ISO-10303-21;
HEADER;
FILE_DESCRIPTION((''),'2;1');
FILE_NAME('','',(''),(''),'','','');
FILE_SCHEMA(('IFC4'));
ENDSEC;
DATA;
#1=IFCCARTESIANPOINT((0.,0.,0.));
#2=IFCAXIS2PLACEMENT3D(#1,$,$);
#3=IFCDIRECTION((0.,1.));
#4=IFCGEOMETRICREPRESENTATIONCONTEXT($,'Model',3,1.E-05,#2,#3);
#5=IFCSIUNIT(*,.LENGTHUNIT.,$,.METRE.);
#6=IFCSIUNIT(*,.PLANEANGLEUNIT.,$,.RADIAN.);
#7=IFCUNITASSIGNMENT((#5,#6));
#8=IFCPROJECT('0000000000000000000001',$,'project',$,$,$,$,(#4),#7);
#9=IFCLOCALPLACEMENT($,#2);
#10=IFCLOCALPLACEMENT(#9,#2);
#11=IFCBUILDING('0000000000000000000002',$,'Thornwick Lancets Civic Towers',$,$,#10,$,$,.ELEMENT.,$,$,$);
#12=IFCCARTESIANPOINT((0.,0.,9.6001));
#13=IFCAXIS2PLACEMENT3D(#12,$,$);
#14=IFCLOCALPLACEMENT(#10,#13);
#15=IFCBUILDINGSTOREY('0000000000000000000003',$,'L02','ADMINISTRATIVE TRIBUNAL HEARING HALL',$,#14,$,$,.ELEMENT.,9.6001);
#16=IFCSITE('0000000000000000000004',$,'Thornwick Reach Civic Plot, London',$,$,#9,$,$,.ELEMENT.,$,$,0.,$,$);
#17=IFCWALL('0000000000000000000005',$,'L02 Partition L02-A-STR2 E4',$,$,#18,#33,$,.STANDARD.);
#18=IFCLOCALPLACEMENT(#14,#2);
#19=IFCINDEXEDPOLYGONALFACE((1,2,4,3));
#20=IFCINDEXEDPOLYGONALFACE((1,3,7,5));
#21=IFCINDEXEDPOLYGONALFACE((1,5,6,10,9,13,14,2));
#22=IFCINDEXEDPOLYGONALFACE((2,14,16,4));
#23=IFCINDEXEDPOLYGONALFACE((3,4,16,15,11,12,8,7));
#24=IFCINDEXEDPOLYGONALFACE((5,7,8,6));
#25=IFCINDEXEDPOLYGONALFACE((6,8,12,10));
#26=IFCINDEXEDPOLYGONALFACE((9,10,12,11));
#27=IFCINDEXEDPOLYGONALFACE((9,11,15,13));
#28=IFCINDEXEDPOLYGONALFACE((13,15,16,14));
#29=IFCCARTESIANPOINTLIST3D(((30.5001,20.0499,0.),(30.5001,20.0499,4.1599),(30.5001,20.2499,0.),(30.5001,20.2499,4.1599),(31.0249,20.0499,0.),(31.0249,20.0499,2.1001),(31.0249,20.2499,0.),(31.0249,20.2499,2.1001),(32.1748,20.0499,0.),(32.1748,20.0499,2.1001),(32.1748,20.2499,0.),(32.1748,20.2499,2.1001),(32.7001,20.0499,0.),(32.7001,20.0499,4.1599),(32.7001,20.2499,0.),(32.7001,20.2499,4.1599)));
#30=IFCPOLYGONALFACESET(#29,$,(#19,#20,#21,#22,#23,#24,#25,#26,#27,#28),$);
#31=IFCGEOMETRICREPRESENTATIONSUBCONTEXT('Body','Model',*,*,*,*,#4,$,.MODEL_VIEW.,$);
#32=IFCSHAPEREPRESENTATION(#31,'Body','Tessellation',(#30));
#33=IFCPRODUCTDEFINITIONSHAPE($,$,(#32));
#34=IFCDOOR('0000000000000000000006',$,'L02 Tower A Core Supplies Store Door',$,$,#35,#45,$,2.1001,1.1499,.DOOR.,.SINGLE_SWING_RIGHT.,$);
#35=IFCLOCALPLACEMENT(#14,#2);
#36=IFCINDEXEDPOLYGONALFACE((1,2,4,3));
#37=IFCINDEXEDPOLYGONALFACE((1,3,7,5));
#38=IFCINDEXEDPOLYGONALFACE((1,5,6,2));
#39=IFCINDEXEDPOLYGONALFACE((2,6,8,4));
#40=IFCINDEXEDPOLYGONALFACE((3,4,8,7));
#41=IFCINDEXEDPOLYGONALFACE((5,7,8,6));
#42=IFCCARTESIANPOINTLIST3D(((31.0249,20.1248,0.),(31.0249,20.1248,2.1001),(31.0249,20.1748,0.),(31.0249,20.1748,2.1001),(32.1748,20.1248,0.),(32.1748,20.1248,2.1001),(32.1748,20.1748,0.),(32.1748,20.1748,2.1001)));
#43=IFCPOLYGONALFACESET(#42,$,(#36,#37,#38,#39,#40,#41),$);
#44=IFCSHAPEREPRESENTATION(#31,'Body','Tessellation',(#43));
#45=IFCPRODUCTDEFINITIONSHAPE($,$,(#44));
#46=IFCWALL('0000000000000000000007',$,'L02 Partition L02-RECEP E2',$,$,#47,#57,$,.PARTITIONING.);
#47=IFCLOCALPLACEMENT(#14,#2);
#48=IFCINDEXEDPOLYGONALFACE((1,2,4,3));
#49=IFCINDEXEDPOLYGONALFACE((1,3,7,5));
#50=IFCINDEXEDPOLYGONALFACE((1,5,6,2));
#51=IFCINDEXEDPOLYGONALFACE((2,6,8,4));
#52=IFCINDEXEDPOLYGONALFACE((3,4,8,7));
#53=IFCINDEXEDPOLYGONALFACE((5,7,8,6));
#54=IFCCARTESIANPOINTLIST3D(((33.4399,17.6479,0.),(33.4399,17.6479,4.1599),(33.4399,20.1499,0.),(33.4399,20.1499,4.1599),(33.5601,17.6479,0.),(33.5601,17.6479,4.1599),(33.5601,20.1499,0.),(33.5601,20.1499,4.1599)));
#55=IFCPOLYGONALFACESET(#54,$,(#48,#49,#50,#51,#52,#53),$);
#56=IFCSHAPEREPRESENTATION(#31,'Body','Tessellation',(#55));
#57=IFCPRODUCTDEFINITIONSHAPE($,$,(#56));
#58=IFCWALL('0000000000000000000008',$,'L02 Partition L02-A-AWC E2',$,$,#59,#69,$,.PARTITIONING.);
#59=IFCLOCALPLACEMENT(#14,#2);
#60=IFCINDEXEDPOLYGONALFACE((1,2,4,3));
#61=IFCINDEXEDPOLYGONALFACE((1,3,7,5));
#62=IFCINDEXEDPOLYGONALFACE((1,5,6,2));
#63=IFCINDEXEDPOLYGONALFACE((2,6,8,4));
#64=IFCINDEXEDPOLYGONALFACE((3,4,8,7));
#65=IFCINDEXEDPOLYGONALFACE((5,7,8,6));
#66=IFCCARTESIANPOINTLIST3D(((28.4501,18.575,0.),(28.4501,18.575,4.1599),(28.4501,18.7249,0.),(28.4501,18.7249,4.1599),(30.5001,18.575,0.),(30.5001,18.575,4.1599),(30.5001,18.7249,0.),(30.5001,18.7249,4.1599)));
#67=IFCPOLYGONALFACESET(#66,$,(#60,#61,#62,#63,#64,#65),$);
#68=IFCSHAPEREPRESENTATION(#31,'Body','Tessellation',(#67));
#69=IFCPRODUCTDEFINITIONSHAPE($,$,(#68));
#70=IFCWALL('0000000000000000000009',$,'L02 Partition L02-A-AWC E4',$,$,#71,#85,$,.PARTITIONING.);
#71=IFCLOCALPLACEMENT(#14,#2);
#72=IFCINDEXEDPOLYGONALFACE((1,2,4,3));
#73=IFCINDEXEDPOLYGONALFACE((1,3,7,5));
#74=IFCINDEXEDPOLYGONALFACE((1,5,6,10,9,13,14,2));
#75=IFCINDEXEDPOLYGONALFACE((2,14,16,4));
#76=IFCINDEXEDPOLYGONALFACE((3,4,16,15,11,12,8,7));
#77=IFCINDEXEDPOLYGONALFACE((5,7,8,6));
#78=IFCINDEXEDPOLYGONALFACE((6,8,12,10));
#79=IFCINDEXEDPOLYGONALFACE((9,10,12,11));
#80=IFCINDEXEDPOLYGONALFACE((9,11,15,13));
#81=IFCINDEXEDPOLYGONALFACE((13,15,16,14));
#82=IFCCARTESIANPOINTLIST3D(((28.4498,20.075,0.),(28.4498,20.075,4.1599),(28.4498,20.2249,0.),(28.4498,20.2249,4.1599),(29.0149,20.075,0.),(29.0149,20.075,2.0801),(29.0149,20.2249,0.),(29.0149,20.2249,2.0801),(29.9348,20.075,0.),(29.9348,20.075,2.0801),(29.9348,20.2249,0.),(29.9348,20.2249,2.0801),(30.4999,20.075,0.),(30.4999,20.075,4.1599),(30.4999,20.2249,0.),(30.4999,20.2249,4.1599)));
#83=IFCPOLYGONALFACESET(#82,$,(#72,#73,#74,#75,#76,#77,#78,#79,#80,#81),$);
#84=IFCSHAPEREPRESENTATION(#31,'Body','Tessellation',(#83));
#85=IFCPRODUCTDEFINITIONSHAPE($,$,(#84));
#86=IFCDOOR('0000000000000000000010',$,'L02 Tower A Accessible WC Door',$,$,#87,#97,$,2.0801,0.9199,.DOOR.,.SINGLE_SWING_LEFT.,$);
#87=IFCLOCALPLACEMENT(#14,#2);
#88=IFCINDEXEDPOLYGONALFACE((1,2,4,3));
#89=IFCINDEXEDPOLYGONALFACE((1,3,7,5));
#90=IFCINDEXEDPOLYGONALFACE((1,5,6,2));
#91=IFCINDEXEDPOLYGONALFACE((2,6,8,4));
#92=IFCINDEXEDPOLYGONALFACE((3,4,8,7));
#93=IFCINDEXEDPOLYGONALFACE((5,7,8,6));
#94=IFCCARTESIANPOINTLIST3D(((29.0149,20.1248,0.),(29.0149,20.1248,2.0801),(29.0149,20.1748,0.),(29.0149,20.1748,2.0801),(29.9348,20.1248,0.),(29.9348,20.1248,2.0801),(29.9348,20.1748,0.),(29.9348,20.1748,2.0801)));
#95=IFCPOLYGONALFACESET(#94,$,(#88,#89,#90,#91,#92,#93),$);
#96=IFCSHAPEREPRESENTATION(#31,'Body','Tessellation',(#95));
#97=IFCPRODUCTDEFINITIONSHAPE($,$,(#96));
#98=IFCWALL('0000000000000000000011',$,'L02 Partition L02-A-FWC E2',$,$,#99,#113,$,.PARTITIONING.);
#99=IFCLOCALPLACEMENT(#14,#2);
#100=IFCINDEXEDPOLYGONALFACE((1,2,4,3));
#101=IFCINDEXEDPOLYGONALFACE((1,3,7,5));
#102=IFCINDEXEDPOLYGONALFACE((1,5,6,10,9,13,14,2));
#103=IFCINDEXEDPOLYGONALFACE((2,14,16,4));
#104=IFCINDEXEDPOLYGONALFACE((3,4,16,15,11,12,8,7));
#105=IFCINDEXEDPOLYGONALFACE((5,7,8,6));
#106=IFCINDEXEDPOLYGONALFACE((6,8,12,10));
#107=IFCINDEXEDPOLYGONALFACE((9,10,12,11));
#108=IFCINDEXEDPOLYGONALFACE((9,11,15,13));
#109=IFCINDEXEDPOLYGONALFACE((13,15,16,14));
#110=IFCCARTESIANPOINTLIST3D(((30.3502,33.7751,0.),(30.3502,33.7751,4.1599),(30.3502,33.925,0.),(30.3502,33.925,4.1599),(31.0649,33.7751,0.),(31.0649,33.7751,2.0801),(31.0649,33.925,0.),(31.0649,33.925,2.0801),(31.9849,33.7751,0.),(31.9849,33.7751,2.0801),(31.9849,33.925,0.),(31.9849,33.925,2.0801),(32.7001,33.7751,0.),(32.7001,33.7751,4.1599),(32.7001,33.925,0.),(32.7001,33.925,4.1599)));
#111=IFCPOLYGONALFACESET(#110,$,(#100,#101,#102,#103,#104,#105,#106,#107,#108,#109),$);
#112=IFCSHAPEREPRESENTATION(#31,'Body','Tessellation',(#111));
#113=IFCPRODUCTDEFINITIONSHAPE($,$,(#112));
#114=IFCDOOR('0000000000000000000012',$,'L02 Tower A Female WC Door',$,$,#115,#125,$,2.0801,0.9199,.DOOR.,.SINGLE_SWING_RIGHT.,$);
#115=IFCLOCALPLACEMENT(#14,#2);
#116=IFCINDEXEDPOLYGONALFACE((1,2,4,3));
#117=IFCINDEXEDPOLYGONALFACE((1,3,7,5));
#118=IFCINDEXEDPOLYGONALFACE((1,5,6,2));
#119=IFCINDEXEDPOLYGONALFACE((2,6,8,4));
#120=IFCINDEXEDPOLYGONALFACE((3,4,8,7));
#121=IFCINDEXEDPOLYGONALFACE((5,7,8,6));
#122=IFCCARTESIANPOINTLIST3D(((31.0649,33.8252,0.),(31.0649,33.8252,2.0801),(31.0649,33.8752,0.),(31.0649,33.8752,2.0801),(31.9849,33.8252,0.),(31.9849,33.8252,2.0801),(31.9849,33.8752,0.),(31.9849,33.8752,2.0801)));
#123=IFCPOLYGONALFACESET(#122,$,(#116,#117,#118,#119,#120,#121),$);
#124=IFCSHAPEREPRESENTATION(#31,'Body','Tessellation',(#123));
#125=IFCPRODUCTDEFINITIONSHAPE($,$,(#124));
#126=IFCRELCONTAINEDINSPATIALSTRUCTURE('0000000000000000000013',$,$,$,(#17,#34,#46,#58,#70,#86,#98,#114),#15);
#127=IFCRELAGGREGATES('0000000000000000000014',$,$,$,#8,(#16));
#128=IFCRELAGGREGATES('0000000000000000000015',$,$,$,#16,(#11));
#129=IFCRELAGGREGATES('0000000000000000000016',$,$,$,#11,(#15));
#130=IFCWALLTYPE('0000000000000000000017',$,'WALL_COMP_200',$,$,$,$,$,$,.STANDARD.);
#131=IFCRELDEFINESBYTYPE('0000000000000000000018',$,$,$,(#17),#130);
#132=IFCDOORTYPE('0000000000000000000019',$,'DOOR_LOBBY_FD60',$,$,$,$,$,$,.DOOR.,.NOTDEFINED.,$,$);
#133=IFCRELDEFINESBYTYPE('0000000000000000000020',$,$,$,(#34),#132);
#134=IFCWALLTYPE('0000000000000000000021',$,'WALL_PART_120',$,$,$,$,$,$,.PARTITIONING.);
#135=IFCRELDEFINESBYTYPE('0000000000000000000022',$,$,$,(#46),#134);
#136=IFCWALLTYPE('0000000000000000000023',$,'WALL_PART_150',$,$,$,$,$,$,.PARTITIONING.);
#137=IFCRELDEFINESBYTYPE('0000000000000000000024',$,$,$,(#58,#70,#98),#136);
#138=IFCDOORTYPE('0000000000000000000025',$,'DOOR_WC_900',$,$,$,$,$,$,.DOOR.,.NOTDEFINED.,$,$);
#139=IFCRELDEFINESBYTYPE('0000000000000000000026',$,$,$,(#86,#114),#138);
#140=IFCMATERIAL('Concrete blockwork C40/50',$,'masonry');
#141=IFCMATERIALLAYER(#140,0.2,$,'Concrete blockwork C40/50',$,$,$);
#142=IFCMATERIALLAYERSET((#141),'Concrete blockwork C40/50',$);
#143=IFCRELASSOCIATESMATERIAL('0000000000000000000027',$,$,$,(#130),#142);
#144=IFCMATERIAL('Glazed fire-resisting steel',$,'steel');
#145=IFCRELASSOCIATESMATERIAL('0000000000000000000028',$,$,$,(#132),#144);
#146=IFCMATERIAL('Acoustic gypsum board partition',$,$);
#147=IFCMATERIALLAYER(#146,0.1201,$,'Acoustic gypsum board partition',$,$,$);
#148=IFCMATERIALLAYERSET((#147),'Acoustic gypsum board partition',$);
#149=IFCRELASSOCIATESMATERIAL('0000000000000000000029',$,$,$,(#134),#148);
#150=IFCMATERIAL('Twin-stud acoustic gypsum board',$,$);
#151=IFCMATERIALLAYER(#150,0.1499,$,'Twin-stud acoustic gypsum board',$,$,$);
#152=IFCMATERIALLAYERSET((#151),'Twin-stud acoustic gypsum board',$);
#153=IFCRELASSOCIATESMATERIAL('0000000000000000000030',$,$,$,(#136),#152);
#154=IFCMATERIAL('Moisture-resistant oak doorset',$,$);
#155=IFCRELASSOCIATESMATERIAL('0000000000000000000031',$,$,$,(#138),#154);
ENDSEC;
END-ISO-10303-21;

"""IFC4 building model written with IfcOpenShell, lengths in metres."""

from ifc_helpers import new_model, si_unit, direction, frame, frame_2d, origin, place, context, subcontext, project, spatial, rectangle, extrude, material, layer, layer_set, type_object, element, fill, save


model = new_model("IFC4")

# Units and contexts
model_context = context("Model", 3, precision=1e-05, world=origin(), true_north=direction((0.0, 1.0)))
body_context = subcontext(model_context, "Body", "Model", "MODEL_VIEW")
ifc_project = project(units=[si_unit("LENGTHUNIT", "METRE"), si_unit("PLANEANGLEUNIT", "RADIAN")], contexts=[model_context])

# Site, building, storey
site_placement = place(None, origin())
site = spatial("IfcSite", under=ifc_project, at=site_placement, Name="Thornwick Reach Civic Plot, London", CompositionType="ELEMENT", RefElevation=0.0)
building_placement = place(site_placement, origin())
building = spatial("IfcBuilding", under=site, at=building_placement, Name="Thornwick Lancets Civic Towers", CompositionType="ELEMENT")
storey_placement = place(building_placement, frame((0.0, 0.0, 9.6001)))
storey = spatial("IfcBuildingStorey", under=building, at=storey_placement, Name="L02", Description="ADMINISTRATIVE TRIBUNAL HEARING HALL", CompositionType="ELEMENT", Elevation=9.6001)

# Shared definitions
ifc_material_1 = material(Name="Concrete blockwork C40/50", Category="masonry")
ifc_layer_1 = layer(ifc_material_1, 0.2, Name="Concrete blockwork C40/50")
ifc_layer_set_1 = layer_set([ifc_layer_1], Name="Concrete blockwork C40/50")
wall_type_1 = type_object("IfcWallType", Name="WALL_COMP_200", PredefinedType="STANDARD", material=ifc_layer_set_1)

# Wall, opening, door
wall_1_placement = place(storey_placement, frame((30.5, 20.1499, 0.0), z_axis=(0.0, 0.0, 1.0), x_axis=(1.0, 0.0, 0.0)))
wall_1 = element("IfcWall", 1, at=wall_1_placement, inside=storey, type_object=wall_type_1, Name="L02 Partition L02-A-STR2 E4", PredefinedType="STANDARD", context=body_context, shape_type="SweptSolid", body=[
    extrude(rectangle(XDim=2.2, YDim=0.2, at=frame_2d((1.1001, 0.0))), origin(), (0.0, 0.0, 1.0), 4.1599),
])
opening_1_placement = place(wall_1_placement, frame((0.5249, 0.0, 0.0)))
opening_1 = element("IfcOpeningElement", 2, at=opening_1_placement, cuts=wall_1, PredefinedType="OPENING", context=body_context, shape_type="SweptSolid", body=[
    extrude(rectangle(XDim=1.1499, YDim=2.1001, at=frame_2d((0.575, 1.05))), frame((0.0, 0.1099, 0.0), z_axis=(0.0, -1.0, 0.0), x_axis=(1.0, 0.0, 0.0)), (0.0, 0.0, 1.0), 0.22),
])
ifc_material_2 = material(Name="Glazed fire-resisting steel", Category="steel")
door_type_1 = type_object("IfcDoorType", Name="DOOR_LOBBY_FD60", OperationType="NOTDEFINED", PredefinedType="DOOR", material=ifc_material_2)
door_1_placement = place(opening_1_placement, origin())
door_1 = element("IfcDoor", 3, at=door_1_placement, inside=storey, type_object=door_type_1, Name="L02 Tower A Core Supplies Store Door", OperationType="SINGLE_SWING_RIGHT", OverallHeight=2.1001, OverallWidth=1.1499, PredefinedType="DOOR", context=body_context, shape_type="SweptSolid", body=[
    extrude(rectangle(XDim=1.1499, YDim=2.1001, at=frame_2d((0.575, 1.05))), frame((0.0, 0.0249, 0.0), z_axis=(0.0, -1.0, 0.0), x_axis=(1.0, 0.0, 0.0)), (0.0, 0.0, 1.0), 0.05),
])
fill(opening_1, door_1)

# Walls
ifc_material_3 = material(Name="Acoustic gypsum board partition")
ifc_layer_2 = layer(ifc_material_3, 0.1201, Name="Acoustic gypsum board partition")
ifc_layer_set_2 = layer_set([ifc_layer_2], Name="Acoustic gypsum board partition")
wall_type_2 = type_object("IfcWallType", Name="WALL_PART_120", PredefinedType="PARTITIONING", material=ifc_layer_set_2)
wall_2_placement = place(storey_placement, frame((33.5, 17.6479, 0.0), z_axis=(0.0, 0.0, 1.0), x_axis=(0.0, 1.0, 0.0)))
element("IfcWall", 4, at=wall_2_placement, inside=storey, type_object=wall_type_2, Name="L02 Partition L02-RECEP E2", PredefinedType="PARTITIONING", context=body_context, shape_type="SweptSolid", body=[
    extrude(rectangle(XDim=2.502, YDim=0.1201, at=frame_2d((1.251, 0.0))), origin(), (0.0, 0.0, 1.0), 4.1599),
])
ifc_material_4 = material(Name="Twin-stud acoustic gypsum board")
ifc_layer_3 = layer(ifc_material_4, 0.1499, Name="Twin-stud acoustic gypsum board")
ifc_layer_set_3 = layer_set([ifc_layer_3], Name="Twin-stud acoustic gypsum board")
wall_type_3 = type_object("IfcWallType", Name="WALL_PART_150", PredefinedType="PARTITIONING", material=ifc_layer_set_3)
wall_3_placement = place(storey_placement, frame((30.5, 18.6499, 0.0), z_axis=(0.0, 0.0, 1.0), x_axis=(-1.0, 0.0, 0.0)))
element("IfcWall", 5, at=wall_3_placement, inside=storey, type_object=wall_type_3, Name="L02 Partition L02-A-AWC E2", PredefinedType="PARTITIONING", context=body_context, shape_type="SweptSolid", body=[
    extrude(rectangle(XDim=2.05, YDim=0.1499, at=frame_2d((1.0249, 0.0))), origin(), (0.0, 0.0, 1.0), 4.1599),
])

# Walls, openings, doors
wall_4_placement = place(storey_placement, frame((28.45, 20.1499, 0.0), z_axis=(0.0, 0.0, 1.0), x_axis=(1.0, 0.0, 0.0)))
wall_4 = element("IfcWall", 6, at=wall_4_placement, inside=storey, type_object=wall_type_3, Name="L02 Partition L02-A-AWC E4", PredefinedType="PARTITIONING", context=body_context, shape_type="SweptSolid", body=[
    extrude(rectangle(XDim=2.05, YDim=0.1499, at=frame_2d((1.0249, 0.0))), origin(), (0.0, 0.0, 1.0), 4.1599),
])
opening_2_placement = place(wall_4_placement, frame((0.5649, 0.0, 0.0)))
opening_2 = element("IfcOpeningElement", 7, at=opening_2_placement, cuts=wall_4, PredefinedType="OPENING", context=body_context, shape_type="SweptSolid", body=[
    extrude(rectangle(XDim=0.9199, YDim=2.0801, at=frame_2d((0.46, 1.04))), frame((0.0, 0.085, 0.0), z_axis=(0.0, -1.0, 0.0), x_axis=(1.0, 0.0, 0.0)), (0.0, 0.0, 1.0), 0.1699),
])
ifc_material_5 = material(Name="Moisture-resistant oak doorset")
door_type_2 = type_object("IfcDoorType", Name="DOOR_WC_900", OperationType="NOTDEFINED", PredefinedType="DOOR", material=ifc_material_5)
door_2_placement = place(opening_2_placement, origin())
door_2 = element("IfcDoor", 8, at=door_2_placement, inside=storey, type_object=door_type_2, Name="L02 Tower A Accessible WC Door", OperationType="SINGLE_SWING_LEFT", OverallHeight=2.0801, OverallWidth=0.9199, PredefinedType="DOOR", context=body_context, shape_type="SweptSolid", body=[
    extrude(rectangle(XDim=0.9199, YDim=2.0801, at=frame_2d((0.46, 1.04))), frame((0.0, 0.0249, 0.0), z_axis=(0.0, -1.0, 0.0), x_axis=(1.0, 0.0, 0.0)), (0.0, 0.0, 1.0), 0.05),
])
fill(opening_2, door_2)
wall_5_placement = place(storey_placement, frame((32.7, 33.8501, 0.0), z_axis=(0.0, 0.0, 1.0), x_axis=(-1.0, 0.0, 0.0)))
wall_5 = element("IfcWall", 9, at=wall_5_placement, inside=storey, type_object=wall_type_3, Name="L02 Partition L02-A-FWC E2", PredefinedType="PARTITIONING", context=body_context, shape_type="SweptSolid", body=[
    extrude(rectangle(XDim=2.3499, YDim=0.1499, at=frame_2d((1.1748, 0.0))), origin(), (0.0, 0.0, 1.0), 4.1599),
])
opening_3_placement = place(wall_5_placement, frame((0.7151, 0.0, 0.0)))
opening_3 = element("IfcOpeningElement", 10, at=opening_3_placement, cuts=wall_5, PredefinedType="OPENING", context=body_context, shape_type="SweptSolid", body=[
    extrude(rectangle(XDim=0.9199, YDim=2.0801, at=frame_2d((0.46, 1.04))), frame((0.0, 0.085, 0.0), z_axis=(0.0, -1.0, 0.0), x_axis=(1.0, 0.0, 0.0)), (0.0, 0.0, 1.0), 0.1699),
])
door_3_placement = place(opening_3_placement, origin())
door_3 = element("IfcDoor", 11, at=door_3_placement, inside=storey, type_object=door_type_2, Name="L02 Tower A Female WC Door", OperationType="SINGLE_SWING_RIGHT", OverallHeight=2.0801, OverallWidth=0.9199, PredefinedType="DOOR", context=body_context, shape_type="SweptSolid", body=[
    extrude(rectangle(XDim=0.9199, YDim=2.0801, at=frame_2d((0.46, 1.04))), frame((0.0, 0.0249, 0.0), z_axis=(0.0, -1.0, 0.0), x_axis=(1.0, 0.0, 0.0)), (0.0, 0.0, 1.0), 0.05),
])
fill(opening_3, door_3)

save(model, "model.ifc")
